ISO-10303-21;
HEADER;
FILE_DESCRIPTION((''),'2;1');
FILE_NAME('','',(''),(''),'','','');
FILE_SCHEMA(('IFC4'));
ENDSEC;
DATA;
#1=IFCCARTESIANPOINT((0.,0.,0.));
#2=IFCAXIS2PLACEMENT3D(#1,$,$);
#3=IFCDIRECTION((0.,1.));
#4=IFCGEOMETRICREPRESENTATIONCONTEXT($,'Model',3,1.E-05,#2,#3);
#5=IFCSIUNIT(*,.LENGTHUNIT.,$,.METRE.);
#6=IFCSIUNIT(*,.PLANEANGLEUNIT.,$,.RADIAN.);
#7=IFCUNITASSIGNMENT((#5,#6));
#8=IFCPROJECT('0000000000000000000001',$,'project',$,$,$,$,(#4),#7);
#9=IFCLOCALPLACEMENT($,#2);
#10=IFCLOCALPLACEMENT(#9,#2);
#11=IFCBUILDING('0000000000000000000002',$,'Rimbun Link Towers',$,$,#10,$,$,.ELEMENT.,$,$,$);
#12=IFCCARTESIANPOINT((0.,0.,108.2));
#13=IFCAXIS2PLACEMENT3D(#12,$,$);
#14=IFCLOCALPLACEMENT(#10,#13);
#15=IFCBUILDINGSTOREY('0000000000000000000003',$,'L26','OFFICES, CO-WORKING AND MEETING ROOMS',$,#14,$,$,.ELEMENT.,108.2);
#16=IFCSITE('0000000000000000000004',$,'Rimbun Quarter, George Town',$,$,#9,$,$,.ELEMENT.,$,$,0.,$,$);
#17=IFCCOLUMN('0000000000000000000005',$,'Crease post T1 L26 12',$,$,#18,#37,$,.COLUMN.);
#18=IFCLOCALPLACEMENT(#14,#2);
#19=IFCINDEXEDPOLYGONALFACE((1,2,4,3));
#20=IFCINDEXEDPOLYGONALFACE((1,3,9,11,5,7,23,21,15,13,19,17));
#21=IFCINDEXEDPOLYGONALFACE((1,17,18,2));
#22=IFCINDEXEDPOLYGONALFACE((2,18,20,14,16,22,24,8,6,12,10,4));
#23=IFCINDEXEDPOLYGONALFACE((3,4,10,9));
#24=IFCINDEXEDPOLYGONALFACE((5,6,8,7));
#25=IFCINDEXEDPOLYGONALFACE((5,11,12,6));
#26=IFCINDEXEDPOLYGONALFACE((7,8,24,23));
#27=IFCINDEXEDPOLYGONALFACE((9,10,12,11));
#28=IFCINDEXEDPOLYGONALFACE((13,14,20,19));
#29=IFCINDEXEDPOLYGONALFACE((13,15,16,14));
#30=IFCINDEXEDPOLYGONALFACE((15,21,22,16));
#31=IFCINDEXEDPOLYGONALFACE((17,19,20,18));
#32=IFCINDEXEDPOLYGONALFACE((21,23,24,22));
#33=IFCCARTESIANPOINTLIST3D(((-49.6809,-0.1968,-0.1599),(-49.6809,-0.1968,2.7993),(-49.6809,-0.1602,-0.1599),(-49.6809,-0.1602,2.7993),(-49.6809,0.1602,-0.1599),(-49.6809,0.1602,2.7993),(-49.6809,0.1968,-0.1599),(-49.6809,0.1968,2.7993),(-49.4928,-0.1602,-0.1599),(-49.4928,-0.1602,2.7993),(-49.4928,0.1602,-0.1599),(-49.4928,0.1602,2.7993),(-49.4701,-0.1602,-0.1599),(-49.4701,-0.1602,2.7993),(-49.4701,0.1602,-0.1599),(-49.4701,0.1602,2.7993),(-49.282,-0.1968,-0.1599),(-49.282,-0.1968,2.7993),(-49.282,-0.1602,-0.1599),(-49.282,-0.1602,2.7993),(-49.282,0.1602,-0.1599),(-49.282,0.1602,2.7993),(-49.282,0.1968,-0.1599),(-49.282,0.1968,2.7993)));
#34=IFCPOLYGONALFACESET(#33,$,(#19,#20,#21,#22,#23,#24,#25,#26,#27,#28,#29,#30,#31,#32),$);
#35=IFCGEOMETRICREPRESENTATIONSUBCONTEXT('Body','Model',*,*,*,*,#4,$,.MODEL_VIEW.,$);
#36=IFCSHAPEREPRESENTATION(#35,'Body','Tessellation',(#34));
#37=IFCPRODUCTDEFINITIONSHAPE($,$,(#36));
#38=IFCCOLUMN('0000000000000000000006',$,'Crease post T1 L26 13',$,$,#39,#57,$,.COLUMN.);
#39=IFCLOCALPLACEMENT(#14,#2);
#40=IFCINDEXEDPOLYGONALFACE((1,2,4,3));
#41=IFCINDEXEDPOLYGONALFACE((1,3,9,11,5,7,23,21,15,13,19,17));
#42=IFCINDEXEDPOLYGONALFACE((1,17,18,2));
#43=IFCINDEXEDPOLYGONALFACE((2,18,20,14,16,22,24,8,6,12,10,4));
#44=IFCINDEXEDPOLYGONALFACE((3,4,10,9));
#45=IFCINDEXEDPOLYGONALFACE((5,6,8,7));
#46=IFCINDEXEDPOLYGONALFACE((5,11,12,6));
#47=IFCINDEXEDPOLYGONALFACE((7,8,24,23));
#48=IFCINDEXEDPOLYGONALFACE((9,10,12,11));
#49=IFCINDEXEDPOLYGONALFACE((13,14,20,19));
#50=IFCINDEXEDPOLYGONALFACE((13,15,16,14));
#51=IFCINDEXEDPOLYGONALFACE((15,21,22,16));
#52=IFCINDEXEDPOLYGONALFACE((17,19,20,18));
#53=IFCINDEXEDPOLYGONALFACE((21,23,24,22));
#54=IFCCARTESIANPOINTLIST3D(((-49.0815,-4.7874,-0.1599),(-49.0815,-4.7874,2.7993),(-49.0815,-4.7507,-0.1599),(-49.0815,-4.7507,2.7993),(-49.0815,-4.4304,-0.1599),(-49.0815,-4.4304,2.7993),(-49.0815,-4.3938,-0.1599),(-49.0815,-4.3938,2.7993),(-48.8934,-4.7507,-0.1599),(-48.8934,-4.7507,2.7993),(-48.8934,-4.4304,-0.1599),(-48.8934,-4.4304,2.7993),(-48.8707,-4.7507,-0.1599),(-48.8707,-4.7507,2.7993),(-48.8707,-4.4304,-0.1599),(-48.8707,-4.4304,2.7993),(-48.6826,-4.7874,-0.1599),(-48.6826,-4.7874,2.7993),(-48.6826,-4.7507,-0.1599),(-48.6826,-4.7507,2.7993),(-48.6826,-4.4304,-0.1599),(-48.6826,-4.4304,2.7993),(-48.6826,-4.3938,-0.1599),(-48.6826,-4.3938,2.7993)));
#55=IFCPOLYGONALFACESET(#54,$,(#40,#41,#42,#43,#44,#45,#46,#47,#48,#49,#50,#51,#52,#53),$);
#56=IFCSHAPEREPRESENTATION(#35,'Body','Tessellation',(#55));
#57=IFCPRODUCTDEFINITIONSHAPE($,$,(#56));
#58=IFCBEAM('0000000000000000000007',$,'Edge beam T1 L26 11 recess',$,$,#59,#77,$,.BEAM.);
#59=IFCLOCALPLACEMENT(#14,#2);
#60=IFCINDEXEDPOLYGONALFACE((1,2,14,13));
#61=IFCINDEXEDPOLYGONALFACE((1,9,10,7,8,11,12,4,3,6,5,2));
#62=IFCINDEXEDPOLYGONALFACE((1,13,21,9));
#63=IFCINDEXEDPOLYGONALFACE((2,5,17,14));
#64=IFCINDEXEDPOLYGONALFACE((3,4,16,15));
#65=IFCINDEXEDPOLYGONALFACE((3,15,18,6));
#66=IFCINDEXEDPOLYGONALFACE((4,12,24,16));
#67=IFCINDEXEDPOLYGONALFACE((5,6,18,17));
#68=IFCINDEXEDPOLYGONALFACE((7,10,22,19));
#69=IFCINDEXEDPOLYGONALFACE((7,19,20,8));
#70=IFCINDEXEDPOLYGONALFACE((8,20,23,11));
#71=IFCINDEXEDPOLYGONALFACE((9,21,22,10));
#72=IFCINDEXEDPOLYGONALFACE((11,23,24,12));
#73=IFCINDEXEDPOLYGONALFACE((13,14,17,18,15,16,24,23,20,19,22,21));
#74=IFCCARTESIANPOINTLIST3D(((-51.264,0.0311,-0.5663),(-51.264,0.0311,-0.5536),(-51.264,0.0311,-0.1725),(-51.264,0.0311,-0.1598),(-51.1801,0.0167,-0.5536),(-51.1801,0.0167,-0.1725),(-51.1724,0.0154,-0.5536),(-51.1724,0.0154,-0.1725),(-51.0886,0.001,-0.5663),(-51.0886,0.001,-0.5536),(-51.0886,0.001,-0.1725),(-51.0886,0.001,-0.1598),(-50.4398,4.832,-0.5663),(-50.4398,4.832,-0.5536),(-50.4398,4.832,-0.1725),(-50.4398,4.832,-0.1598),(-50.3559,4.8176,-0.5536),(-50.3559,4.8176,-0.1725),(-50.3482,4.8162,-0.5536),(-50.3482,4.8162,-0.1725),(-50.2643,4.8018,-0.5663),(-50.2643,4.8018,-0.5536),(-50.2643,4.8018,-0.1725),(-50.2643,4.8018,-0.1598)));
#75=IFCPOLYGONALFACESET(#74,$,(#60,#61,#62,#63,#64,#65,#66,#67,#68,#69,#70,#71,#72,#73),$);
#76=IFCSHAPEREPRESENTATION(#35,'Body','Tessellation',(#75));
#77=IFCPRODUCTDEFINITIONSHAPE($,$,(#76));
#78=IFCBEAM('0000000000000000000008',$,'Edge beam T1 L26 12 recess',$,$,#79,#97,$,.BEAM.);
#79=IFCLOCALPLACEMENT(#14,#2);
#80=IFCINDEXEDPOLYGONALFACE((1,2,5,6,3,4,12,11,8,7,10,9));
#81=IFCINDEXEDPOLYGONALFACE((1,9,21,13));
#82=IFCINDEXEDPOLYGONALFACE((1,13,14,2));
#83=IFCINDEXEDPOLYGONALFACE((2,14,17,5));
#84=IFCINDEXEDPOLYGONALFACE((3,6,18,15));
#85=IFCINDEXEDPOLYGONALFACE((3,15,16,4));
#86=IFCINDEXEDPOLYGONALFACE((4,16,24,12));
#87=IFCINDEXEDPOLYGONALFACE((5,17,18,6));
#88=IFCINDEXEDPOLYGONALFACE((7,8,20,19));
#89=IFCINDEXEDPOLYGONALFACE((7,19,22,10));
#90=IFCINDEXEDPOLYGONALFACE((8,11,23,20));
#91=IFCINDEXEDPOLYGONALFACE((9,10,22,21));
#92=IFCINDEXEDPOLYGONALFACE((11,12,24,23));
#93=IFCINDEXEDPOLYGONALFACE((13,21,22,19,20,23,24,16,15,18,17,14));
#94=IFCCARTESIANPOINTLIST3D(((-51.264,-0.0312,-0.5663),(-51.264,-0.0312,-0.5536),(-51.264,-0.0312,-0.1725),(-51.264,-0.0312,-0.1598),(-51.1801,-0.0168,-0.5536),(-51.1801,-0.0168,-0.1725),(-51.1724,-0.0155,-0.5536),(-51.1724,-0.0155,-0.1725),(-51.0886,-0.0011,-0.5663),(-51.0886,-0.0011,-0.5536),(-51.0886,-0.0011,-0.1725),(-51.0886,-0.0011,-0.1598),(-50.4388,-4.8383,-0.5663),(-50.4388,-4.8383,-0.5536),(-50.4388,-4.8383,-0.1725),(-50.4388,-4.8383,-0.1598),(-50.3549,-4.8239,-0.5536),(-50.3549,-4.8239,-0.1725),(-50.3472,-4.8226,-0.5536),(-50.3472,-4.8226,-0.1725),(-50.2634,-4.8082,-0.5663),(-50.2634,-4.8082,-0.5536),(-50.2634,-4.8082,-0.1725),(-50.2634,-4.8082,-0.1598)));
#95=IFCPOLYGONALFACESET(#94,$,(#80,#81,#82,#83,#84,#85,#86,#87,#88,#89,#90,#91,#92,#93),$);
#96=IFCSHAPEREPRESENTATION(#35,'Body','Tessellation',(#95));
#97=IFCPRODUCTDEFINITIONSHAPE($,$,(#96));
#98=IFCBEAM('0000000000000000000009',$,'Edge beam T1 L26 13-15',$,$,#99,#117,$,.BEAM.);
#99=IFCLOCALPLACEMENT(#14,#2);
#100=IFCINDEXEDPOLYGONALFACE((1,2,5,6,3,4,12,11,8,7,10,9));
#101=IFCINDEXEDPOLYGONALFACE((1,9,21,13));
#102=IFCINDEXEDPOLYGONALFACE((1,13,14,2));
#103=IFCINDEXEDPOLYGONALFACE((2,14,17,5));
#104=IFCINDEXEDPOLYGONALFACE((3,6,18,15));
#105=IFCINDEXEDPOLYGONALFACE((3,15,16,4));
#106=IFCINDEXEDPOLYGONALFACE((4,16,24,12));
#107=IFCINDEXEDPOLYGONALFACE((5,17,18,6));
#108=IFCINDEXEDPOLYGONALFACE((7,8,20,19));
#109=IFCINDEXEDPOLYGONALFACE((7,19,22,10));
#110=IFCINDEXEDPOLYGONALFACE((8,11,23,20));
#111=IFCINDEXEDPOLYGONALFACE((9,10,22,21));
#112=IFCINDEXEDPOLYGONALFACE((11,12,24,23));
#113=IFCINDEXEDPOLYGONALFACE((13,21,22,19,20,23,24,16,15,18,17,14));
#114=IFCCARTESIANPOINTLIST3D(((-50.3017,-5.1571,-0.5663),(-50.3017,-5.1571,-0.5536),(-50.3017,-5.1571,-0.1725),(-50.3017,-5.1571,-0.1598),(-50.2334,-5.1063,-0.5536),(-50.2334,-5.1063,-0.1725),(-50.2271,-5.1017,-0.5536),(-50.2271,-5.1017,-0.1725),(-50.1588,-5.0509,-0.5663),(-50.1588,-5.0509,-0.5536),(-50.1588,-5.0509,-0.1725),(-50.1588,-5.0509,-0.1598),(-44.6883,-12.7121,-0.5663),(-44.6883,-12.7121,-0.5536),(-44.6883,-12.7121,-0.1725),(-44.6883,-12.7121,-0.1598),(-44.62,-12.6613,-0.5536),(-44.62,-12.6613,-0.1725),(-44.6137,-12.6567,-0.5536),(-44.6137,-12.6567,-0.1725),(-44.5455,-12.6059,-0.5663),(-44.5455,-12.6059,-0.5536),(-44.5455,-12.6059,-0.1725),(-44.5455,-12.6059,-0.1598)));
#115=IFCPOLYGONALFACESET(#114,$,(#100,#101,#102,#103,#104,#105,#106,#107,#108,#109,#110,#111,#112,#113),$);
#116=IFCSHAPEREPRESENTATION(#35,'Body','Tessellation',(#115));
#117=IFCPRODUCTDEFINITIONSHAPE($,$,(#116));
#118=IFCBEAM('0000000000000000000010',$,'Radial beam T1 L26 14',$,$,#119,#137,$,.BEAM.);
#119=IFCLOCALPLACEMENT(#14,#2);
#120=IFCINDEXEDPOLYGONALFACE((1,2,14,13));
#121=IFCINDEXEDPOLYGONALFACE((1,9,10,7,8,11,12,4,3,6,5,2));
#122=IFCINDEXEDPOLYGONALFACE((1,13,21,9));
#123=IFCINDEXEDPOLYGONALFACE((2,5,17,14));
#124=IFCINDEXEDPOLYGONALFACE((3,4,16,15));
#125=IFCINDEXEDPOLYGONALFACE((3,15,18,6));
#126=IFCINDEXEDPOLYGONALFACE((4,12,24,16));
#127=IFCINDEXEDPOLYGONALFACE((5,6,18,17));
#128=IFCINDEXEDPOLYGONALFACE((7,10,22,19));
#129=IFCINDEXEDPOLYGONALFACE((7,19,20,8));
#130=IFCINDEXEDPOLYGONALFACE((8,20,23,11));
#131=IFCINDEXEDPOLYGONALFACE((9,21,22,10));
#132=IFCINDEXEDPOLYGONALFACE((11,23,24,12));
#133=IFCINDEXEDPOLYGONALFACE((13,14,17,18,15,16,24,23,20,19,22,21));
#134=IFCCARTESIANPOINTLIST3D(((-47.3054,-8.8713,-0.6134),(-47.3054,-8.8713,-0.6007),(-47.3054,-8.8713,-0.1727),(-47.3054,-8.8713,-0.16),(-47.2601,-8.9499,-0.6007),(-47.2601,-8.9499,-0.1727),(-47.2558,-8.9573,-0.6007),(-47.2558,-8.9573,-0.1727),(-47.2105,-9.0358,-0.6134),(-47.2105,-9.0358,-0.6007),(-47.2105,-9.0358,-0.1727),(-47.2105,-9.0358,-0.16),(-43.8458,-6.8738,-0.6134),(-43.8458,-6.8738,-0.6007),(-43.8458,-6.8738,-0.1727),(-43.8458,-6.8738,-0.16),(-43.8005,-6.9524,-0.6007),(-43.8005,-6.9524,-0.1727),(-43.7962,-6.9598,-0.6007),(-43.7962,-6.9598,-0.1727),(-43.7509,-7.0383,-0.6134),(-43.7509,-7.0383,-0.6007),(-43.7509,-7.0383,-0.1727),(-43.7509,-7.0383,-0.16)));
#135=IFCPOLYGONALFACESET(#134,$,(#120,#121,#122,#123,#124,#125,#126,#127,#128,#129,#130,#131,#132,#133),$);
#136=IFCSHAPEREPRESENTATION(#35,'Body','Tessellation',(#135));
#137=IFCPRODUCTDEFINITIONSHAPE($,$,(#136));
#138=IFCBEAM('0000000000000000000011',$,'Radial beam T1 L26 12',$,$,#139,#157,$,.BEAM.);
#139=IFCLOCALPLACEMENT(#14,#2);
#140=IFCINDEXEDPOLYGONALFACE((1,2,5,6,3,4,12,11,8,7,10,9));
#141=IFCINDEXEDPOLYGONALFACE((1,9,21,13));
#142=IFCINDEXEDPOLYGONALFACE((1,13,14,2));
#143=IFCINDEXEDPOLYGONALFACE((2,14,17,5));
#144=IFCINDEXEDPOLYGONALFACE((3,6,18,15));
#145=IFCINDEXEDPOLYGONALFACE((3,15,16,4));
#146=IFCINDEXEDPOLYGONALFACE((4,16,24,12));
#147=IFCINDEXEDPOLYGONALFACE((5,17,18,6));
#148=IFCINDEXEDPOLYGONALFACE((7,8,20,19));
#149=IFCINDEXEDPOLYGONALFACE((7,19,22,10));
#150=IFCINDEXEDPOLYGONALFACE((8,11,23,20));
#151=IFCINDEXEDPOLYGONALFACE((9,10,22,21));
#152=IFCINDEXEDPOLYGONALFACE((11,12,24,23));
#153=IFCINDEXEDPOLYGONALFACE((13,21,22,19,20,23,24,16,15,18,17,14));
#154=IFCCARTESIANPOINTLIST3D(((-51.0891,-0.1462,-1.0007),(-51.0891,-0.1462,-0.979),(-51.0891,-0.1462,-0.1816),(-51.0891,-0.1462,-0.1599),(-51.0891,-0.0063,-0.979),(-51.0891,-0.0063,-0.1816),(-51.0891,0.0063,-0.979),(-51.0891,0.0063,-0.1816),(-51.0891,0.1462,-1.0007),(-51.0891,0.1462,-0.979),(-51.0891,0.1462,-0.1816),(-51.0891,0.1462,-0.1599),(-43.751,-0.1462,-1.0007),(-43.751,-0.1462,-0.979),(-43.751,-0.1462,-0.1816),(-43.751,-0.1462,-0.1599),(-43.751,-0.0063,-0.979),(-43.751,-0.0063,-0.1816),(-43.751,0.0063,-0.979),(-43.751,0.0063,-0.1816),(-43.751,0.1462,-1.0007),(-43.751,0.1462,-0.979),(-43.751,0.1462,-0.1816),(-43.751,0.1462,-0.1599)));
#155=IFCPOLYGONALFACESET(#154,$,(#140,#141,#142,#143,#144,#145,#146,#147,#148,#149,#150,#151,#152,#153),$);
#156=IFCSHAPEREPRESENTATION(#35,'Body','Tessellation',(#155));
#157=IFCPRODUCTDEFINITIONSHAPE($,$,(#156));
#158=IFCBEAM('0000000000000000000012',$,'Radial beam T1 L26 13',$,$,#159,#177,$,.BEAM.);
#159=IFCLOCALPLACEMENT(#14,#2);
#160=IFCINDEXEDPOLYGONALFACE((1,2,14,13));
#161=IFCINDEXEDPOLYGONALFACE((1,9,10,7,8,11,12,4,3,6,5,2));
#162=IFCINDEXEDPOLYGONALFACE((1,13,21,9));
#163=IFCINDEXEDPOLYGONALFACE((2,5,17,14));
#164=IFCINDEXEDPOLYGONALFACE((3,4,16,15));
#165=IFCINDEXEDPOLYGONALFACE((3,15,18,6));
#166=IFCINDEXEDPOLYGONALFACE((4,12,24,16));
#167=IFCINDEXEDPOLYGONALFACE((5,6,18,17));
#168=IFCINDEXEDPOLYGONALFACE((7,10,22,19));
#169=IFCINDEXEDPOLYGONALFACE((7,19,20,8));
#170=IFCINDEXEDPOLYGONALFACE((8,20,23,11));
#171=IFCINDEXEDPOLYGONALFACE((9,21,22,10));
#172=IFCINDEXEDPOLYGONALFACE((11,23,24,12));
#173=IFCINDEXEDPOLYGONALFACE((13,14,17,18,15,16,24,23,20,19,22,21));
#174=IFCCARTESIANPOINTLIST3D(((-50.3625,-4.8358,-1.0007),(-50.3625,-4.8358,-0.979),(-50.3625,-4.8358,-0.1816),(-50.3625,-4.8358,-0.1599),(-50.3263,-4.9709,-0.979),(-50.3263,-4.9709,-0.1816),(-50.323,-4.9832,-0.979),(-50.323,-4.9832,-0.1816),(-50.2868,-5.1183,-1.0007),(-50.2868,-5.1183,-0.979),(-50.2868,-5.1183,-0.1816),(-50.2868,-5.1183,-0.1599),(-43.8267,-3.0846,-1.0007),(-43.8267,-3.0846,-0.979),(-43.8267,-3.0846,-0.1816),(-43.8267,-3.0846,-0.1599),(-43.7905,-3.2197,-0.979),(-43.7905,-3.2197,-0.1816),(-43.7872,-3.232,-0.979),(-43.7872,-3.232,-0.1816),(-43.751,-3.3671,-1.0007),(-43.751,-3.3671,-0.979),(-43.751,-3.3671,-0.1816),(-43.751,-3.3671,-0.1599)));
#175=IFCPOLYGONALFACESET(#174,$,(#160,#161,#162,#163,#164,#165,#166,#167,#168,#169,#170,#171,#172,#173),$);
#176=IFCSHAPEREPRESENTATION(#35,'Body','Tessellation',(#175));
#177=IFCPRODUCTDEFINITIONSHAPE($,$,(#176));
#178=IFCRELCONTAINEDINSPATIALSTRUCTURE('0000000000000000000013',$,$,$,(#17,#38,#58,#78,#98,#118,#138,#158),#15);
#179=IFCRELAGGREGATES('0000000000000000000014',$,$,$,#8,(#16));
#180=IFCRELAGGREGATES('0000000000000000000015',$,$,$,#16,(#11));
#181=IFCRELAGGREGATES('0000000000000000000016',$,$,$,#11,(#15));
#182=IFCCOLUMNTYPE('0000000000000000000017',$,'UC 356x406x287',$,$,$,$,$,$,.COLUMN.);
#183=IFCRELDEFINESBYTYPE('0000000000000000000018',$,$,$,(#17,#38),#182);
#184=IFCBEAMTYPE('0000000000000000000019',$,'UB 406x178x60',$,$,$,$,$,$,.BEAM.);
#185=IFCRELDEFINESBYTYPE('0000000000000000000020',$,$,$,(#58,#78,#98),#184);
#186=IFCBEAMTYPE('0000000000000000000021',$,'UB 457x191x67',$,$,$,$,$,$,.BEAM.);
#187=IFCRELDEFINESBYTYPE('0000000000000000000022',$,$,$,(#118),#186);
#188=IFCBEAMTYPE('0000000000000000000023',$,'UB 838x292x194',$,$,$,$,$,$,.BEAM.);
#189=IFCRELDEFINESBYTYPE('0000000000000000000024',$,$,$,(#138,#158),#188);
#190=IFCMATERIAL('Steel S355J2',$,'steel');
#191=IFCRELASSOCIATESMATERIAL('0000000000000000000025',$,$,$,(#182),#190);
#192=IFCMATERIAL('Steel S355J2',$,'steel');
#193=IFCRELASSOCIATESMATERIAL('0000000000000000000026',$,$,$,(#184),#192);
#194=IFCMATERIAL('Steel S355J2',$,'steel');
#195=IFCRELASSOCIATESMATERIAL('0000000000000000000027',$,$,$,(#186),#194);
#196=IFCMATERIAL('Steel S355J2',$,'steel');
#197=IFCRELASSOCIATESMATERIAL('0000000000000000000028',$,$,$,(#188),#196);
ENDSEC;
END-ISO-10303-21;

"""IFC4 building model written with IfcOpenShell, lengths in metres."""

from ifc_helpers import new_model, si_unit, direction, frame, origin, origin_2d, place, context, subcontext, project, spatial, i_section, extrude, material, material_profile, profile_set, type_object, element, save


model = new_model("IFC4")

# Units and contexts
model_context = context("Model", 3, precision=1e-05, world=origin(), true_north=direction((0.0, 1.0)))
body_context = subcontext(model_context, "Body", "Model", "MODEL_VIEW")
ifc_project = project(units=[si_unit("LENGTHUNIT", "METRE"), si_unit("PLANEANGLEUNIT", "RADIAN")], contexts=[model_context])

# Site, building, storey
site_placement = place(None, origin())
site = spatial("IfcSite", under=ifc_project, at=site_placement, Name="Rimbun Quarter, George Town", CompositionType="ELEMENT", RefElevation=0.0)
building_placement = place(site_placement, origin())
building = spatial("IfcBuilding", under=site, at=building_placement, Name="Rimbun Link Towers", CompositionType="ELEMENT")
storey_placement = place(building_placement, frame((0.0, 0.0, 108.2)))
storey = spatial("IfcBuildingStorey", under=building, at=storey_placement, Name="L26", Description="OFFICES, CO-WORKING AND MEETING ROOMS", CompositionType="ELEMENT", Elevation=108.2)

# Columns
ifc_material_1 = material(Name="Steel S355J2", Category="steel")
ifc_material_profile_1 = material_profile(ifc_material_1, i_section(OverallWidth=0.3989, OverallDepth=0.3936, WebThickness=0.0227, FlangeThickness=0.0366, at=origin_2d()), Name="UC 356x406x287")
ifc_profile_set_1 = profile_set([ifc_material_profile_1], Name="Steel S355J2")
column_type = type_object("IfcColumnType", Name="UC 356x406x287", PredefinedType="COLUMN", material=ifc_profile_set_1)
for number, where, z_axis, x_axis, name in (
    (1, (-49.4814, 0.0, -0.1599), (0.0, 0.0, 1.0), (1.0, 0.0, 0.0), "Crease post T1 L26 12"),
    (2, (-48.8821, -4.5906, -0.1599), (0.0, 0.0, 1.0), (1.0, 0.0, 0.0), "Crease post T1 L26 13"),
):
    element("IfcColumn", number, at=place(storey_placement, frame(where, z_axis=z_axis, x_axis=x_axis)), inside=storey, type_object=column_type, Name=name, PredefinedType="COLUMN", context=body_context, shape_type="SweptSolid", body=[
        extrude(i_section(OverallWidth=0.3989, OverallDepth=0.3936, WebThickness=0.0227, FlangeThickness=0.0366, at=origin_2d()), origin(), (0.0, 0.0, 1.0), 2.9592),
    ])

# Beams
ifc_material_2 = material(Name="Steel S355J2", Category="steel")
ifc_material_profile_2 = material_profile(ifc_material_2, i_section(OverallWidth=0.178, OverallDepth=0.4065, WebThickness=0.0078, FlangeThickness=0.0127, at=origin_2d()), Name="UB 406x178x60")
ifc_profile_set_2 = profile_set([ifc_material_profile_2], Name="Steel S355J2")
beam_type_1 = type_object("IfcBeamType", Name="UB 406x178x60", PredefinedType="BEAM", material=ifc_profile_set_2)
beam_1_placement = place(storey_placement, frame((-50.3521, 4.8169, -0.363), z_axis=(-0.169209, -0.98558, 0.0), x_axis=(0.98558, -0.169209, 0.0)))
element("IfcBeam", 3, at=beam_1_placement, inside=storey, type_object=beam_type_1, Name="Edge beam T1 L26 11 recess", PredefinedType="BEAM", context=body_context, shape_type="SweptSolid", body=[
    extrude(i_section(OverallWidth=0.178, OverallDepth=0.4065, WebThickness=0.0078, FlangeThickness=0.0127, at=origin_2d()), origin(), (0.0, 0.0, 1.0), 4.8711),
])
beam_2_placement = place(storey_placement, frame((-51.1763, -0.0161, -0.363), z_axis=(0.169186, -0.985584, 0.0), x_axis=(0.985584, 0.169186, 0.0)))
element("IfcBeam", 4, at=beam_2_placement, inside=storey, type_object=beam_type_1, Name="Edge beam T1 L26 12 recess", PredefinedType="BEAM", context=body_context, shape_type="SweptSolid", body=[
    extrude(i_section(OverallWidth=0.178, OverallDepth=0.4065, WebThickness=0.0078, FlangeThickness=0.0127, at=origin_2d()), origin(), (0.0, 0.0, 1.0), 4.8774),
])
beam_3_placement = place(storey_placement, frame((-50.2302, -5.104, -0.363), z_axis=(0.596396, -0.802691, 0.0), x_axis=(0.802691, 0.596396, 0.0)))
element("IfcBeam", 5, at=beam_3_placement, inside=storey, type_object=beam_type_1, Name="Edge beam T1 L26 13-15", PredefinedType="BEAM", context=body_context, shape_type="SweptSolid", body=[
    extrude(i_section(OverallWidth=0.178, OverallDepth=0.4065, WebThickness=0.0078, FlangeThickness=0.0127, at=origin_2d()), origin(), (0.0, 0.0, 1.0), 9.4121),
])
ifc_material_3 = material(Name="Steel S355J2", Category="steel")
ifc_material_profile_3 = material_profile(ifc_material_3, i_section(OverallWidth=0.1899, OverallDepth=0.4534, WebThickness=0.0085, FlangeThickness=0.0127, at=origin_2d()), Name="UB 457x191x67")
ifc_profile_set_3 = profile_set([ifc_material_profile_3], Name="Steel S355J2")
beam_type_2 = type_object("IfcBeamType", Name="UB 457x191x67", PredefinedType="BEAM", material=ifc_profile_set_3)
beam_4_placement = place(storey_placement, frame((-43.7983, -6.9561, -0.3867), z_axis=(-0.866016, -0.500017, 0.0), x_axis=(0.500017, -0.866016, 0.0)))
element("IfcBeam", 6, at=beam_4_placement, inside=storey, type_object=beam_type_2, Name="Radial beam T1 L26 14", PredefinedType="BEAM", context=body_context, shape_type="SweptSolid", body=[
    extrude(i_section(OverallWidth=0.1899, OverallDepth=0.4534, WebThickness=0.0085, FlangeThickness=0.0127, at=origin_2d()), origin(), (0.0, 0.0, 1.0), 3.9949),
])
ifc_material_4 = material(Name="Steel S355J2", Category="steel")
ifc_material_profile_4 = material_profile(ifc_material_4, i_section(OverallWidth=0.2925, OverallDepth=0.8408, WebThickness=0.0127, FlangeThickness=0.0217, at=origin_2d()), Name="UB 838x292x194")
ifc_profile_set_4 = profile_set([ifc_material_profile_4], Name="Steel S355J2")
beam_type_3 = type_object("IfcBeamType", Name="UB 838x292x194", PredefinedType="BEAM", material=ifc_profile_set_4)
beam_5_placement = place(storey_placement, frame((-43.751, 0.0, -0.5803), z_axis=(-1.0, 0.0, 0.0), x_axis=(0.0, -1.0, 0.0)))
element("IfcBeam", 7, at=beam_5_placement, inside=storey, type_object=beam_type_3, Name="Radial beam T1 L26 12", PredefinedType="BEAM", context=body_context, shape_type="SweptSolid", body=[
    extrude(i_section(OverallWidth=0.2925, OverallDepth=0.8408, WebThickness=0.0127, FlangeThickness=0.0217, at=origin_2d()), origin(), (0.0, 0.0, 1.0), 7.3381),
])
beam_6_placement = place(storey_placement, frame((-43.7888, -3.2258, -0.5803), z_axis=(-0.965928, -0.25881, 0.0), x_axis=(0.25881, -0.965928, 0.0)))
element("IfcBeam", 8, at=beam_6_placement, inside=storey, type_object=beam_type_3, Name="Radial beam T1 L26 13", PredefinedType="BEAM", context=body_context, shape_type="SweptSolid", body=[
    extrude(i_section(OverallWidth=0.2925, OverallDepth=0.8408, WebThickness=0.0127, FlangeThickness=0.0217, at=origin_2d()), origin(), (0.0, 0.0, 1.0), 6.7664),
])

save(model, "model.ifc")
